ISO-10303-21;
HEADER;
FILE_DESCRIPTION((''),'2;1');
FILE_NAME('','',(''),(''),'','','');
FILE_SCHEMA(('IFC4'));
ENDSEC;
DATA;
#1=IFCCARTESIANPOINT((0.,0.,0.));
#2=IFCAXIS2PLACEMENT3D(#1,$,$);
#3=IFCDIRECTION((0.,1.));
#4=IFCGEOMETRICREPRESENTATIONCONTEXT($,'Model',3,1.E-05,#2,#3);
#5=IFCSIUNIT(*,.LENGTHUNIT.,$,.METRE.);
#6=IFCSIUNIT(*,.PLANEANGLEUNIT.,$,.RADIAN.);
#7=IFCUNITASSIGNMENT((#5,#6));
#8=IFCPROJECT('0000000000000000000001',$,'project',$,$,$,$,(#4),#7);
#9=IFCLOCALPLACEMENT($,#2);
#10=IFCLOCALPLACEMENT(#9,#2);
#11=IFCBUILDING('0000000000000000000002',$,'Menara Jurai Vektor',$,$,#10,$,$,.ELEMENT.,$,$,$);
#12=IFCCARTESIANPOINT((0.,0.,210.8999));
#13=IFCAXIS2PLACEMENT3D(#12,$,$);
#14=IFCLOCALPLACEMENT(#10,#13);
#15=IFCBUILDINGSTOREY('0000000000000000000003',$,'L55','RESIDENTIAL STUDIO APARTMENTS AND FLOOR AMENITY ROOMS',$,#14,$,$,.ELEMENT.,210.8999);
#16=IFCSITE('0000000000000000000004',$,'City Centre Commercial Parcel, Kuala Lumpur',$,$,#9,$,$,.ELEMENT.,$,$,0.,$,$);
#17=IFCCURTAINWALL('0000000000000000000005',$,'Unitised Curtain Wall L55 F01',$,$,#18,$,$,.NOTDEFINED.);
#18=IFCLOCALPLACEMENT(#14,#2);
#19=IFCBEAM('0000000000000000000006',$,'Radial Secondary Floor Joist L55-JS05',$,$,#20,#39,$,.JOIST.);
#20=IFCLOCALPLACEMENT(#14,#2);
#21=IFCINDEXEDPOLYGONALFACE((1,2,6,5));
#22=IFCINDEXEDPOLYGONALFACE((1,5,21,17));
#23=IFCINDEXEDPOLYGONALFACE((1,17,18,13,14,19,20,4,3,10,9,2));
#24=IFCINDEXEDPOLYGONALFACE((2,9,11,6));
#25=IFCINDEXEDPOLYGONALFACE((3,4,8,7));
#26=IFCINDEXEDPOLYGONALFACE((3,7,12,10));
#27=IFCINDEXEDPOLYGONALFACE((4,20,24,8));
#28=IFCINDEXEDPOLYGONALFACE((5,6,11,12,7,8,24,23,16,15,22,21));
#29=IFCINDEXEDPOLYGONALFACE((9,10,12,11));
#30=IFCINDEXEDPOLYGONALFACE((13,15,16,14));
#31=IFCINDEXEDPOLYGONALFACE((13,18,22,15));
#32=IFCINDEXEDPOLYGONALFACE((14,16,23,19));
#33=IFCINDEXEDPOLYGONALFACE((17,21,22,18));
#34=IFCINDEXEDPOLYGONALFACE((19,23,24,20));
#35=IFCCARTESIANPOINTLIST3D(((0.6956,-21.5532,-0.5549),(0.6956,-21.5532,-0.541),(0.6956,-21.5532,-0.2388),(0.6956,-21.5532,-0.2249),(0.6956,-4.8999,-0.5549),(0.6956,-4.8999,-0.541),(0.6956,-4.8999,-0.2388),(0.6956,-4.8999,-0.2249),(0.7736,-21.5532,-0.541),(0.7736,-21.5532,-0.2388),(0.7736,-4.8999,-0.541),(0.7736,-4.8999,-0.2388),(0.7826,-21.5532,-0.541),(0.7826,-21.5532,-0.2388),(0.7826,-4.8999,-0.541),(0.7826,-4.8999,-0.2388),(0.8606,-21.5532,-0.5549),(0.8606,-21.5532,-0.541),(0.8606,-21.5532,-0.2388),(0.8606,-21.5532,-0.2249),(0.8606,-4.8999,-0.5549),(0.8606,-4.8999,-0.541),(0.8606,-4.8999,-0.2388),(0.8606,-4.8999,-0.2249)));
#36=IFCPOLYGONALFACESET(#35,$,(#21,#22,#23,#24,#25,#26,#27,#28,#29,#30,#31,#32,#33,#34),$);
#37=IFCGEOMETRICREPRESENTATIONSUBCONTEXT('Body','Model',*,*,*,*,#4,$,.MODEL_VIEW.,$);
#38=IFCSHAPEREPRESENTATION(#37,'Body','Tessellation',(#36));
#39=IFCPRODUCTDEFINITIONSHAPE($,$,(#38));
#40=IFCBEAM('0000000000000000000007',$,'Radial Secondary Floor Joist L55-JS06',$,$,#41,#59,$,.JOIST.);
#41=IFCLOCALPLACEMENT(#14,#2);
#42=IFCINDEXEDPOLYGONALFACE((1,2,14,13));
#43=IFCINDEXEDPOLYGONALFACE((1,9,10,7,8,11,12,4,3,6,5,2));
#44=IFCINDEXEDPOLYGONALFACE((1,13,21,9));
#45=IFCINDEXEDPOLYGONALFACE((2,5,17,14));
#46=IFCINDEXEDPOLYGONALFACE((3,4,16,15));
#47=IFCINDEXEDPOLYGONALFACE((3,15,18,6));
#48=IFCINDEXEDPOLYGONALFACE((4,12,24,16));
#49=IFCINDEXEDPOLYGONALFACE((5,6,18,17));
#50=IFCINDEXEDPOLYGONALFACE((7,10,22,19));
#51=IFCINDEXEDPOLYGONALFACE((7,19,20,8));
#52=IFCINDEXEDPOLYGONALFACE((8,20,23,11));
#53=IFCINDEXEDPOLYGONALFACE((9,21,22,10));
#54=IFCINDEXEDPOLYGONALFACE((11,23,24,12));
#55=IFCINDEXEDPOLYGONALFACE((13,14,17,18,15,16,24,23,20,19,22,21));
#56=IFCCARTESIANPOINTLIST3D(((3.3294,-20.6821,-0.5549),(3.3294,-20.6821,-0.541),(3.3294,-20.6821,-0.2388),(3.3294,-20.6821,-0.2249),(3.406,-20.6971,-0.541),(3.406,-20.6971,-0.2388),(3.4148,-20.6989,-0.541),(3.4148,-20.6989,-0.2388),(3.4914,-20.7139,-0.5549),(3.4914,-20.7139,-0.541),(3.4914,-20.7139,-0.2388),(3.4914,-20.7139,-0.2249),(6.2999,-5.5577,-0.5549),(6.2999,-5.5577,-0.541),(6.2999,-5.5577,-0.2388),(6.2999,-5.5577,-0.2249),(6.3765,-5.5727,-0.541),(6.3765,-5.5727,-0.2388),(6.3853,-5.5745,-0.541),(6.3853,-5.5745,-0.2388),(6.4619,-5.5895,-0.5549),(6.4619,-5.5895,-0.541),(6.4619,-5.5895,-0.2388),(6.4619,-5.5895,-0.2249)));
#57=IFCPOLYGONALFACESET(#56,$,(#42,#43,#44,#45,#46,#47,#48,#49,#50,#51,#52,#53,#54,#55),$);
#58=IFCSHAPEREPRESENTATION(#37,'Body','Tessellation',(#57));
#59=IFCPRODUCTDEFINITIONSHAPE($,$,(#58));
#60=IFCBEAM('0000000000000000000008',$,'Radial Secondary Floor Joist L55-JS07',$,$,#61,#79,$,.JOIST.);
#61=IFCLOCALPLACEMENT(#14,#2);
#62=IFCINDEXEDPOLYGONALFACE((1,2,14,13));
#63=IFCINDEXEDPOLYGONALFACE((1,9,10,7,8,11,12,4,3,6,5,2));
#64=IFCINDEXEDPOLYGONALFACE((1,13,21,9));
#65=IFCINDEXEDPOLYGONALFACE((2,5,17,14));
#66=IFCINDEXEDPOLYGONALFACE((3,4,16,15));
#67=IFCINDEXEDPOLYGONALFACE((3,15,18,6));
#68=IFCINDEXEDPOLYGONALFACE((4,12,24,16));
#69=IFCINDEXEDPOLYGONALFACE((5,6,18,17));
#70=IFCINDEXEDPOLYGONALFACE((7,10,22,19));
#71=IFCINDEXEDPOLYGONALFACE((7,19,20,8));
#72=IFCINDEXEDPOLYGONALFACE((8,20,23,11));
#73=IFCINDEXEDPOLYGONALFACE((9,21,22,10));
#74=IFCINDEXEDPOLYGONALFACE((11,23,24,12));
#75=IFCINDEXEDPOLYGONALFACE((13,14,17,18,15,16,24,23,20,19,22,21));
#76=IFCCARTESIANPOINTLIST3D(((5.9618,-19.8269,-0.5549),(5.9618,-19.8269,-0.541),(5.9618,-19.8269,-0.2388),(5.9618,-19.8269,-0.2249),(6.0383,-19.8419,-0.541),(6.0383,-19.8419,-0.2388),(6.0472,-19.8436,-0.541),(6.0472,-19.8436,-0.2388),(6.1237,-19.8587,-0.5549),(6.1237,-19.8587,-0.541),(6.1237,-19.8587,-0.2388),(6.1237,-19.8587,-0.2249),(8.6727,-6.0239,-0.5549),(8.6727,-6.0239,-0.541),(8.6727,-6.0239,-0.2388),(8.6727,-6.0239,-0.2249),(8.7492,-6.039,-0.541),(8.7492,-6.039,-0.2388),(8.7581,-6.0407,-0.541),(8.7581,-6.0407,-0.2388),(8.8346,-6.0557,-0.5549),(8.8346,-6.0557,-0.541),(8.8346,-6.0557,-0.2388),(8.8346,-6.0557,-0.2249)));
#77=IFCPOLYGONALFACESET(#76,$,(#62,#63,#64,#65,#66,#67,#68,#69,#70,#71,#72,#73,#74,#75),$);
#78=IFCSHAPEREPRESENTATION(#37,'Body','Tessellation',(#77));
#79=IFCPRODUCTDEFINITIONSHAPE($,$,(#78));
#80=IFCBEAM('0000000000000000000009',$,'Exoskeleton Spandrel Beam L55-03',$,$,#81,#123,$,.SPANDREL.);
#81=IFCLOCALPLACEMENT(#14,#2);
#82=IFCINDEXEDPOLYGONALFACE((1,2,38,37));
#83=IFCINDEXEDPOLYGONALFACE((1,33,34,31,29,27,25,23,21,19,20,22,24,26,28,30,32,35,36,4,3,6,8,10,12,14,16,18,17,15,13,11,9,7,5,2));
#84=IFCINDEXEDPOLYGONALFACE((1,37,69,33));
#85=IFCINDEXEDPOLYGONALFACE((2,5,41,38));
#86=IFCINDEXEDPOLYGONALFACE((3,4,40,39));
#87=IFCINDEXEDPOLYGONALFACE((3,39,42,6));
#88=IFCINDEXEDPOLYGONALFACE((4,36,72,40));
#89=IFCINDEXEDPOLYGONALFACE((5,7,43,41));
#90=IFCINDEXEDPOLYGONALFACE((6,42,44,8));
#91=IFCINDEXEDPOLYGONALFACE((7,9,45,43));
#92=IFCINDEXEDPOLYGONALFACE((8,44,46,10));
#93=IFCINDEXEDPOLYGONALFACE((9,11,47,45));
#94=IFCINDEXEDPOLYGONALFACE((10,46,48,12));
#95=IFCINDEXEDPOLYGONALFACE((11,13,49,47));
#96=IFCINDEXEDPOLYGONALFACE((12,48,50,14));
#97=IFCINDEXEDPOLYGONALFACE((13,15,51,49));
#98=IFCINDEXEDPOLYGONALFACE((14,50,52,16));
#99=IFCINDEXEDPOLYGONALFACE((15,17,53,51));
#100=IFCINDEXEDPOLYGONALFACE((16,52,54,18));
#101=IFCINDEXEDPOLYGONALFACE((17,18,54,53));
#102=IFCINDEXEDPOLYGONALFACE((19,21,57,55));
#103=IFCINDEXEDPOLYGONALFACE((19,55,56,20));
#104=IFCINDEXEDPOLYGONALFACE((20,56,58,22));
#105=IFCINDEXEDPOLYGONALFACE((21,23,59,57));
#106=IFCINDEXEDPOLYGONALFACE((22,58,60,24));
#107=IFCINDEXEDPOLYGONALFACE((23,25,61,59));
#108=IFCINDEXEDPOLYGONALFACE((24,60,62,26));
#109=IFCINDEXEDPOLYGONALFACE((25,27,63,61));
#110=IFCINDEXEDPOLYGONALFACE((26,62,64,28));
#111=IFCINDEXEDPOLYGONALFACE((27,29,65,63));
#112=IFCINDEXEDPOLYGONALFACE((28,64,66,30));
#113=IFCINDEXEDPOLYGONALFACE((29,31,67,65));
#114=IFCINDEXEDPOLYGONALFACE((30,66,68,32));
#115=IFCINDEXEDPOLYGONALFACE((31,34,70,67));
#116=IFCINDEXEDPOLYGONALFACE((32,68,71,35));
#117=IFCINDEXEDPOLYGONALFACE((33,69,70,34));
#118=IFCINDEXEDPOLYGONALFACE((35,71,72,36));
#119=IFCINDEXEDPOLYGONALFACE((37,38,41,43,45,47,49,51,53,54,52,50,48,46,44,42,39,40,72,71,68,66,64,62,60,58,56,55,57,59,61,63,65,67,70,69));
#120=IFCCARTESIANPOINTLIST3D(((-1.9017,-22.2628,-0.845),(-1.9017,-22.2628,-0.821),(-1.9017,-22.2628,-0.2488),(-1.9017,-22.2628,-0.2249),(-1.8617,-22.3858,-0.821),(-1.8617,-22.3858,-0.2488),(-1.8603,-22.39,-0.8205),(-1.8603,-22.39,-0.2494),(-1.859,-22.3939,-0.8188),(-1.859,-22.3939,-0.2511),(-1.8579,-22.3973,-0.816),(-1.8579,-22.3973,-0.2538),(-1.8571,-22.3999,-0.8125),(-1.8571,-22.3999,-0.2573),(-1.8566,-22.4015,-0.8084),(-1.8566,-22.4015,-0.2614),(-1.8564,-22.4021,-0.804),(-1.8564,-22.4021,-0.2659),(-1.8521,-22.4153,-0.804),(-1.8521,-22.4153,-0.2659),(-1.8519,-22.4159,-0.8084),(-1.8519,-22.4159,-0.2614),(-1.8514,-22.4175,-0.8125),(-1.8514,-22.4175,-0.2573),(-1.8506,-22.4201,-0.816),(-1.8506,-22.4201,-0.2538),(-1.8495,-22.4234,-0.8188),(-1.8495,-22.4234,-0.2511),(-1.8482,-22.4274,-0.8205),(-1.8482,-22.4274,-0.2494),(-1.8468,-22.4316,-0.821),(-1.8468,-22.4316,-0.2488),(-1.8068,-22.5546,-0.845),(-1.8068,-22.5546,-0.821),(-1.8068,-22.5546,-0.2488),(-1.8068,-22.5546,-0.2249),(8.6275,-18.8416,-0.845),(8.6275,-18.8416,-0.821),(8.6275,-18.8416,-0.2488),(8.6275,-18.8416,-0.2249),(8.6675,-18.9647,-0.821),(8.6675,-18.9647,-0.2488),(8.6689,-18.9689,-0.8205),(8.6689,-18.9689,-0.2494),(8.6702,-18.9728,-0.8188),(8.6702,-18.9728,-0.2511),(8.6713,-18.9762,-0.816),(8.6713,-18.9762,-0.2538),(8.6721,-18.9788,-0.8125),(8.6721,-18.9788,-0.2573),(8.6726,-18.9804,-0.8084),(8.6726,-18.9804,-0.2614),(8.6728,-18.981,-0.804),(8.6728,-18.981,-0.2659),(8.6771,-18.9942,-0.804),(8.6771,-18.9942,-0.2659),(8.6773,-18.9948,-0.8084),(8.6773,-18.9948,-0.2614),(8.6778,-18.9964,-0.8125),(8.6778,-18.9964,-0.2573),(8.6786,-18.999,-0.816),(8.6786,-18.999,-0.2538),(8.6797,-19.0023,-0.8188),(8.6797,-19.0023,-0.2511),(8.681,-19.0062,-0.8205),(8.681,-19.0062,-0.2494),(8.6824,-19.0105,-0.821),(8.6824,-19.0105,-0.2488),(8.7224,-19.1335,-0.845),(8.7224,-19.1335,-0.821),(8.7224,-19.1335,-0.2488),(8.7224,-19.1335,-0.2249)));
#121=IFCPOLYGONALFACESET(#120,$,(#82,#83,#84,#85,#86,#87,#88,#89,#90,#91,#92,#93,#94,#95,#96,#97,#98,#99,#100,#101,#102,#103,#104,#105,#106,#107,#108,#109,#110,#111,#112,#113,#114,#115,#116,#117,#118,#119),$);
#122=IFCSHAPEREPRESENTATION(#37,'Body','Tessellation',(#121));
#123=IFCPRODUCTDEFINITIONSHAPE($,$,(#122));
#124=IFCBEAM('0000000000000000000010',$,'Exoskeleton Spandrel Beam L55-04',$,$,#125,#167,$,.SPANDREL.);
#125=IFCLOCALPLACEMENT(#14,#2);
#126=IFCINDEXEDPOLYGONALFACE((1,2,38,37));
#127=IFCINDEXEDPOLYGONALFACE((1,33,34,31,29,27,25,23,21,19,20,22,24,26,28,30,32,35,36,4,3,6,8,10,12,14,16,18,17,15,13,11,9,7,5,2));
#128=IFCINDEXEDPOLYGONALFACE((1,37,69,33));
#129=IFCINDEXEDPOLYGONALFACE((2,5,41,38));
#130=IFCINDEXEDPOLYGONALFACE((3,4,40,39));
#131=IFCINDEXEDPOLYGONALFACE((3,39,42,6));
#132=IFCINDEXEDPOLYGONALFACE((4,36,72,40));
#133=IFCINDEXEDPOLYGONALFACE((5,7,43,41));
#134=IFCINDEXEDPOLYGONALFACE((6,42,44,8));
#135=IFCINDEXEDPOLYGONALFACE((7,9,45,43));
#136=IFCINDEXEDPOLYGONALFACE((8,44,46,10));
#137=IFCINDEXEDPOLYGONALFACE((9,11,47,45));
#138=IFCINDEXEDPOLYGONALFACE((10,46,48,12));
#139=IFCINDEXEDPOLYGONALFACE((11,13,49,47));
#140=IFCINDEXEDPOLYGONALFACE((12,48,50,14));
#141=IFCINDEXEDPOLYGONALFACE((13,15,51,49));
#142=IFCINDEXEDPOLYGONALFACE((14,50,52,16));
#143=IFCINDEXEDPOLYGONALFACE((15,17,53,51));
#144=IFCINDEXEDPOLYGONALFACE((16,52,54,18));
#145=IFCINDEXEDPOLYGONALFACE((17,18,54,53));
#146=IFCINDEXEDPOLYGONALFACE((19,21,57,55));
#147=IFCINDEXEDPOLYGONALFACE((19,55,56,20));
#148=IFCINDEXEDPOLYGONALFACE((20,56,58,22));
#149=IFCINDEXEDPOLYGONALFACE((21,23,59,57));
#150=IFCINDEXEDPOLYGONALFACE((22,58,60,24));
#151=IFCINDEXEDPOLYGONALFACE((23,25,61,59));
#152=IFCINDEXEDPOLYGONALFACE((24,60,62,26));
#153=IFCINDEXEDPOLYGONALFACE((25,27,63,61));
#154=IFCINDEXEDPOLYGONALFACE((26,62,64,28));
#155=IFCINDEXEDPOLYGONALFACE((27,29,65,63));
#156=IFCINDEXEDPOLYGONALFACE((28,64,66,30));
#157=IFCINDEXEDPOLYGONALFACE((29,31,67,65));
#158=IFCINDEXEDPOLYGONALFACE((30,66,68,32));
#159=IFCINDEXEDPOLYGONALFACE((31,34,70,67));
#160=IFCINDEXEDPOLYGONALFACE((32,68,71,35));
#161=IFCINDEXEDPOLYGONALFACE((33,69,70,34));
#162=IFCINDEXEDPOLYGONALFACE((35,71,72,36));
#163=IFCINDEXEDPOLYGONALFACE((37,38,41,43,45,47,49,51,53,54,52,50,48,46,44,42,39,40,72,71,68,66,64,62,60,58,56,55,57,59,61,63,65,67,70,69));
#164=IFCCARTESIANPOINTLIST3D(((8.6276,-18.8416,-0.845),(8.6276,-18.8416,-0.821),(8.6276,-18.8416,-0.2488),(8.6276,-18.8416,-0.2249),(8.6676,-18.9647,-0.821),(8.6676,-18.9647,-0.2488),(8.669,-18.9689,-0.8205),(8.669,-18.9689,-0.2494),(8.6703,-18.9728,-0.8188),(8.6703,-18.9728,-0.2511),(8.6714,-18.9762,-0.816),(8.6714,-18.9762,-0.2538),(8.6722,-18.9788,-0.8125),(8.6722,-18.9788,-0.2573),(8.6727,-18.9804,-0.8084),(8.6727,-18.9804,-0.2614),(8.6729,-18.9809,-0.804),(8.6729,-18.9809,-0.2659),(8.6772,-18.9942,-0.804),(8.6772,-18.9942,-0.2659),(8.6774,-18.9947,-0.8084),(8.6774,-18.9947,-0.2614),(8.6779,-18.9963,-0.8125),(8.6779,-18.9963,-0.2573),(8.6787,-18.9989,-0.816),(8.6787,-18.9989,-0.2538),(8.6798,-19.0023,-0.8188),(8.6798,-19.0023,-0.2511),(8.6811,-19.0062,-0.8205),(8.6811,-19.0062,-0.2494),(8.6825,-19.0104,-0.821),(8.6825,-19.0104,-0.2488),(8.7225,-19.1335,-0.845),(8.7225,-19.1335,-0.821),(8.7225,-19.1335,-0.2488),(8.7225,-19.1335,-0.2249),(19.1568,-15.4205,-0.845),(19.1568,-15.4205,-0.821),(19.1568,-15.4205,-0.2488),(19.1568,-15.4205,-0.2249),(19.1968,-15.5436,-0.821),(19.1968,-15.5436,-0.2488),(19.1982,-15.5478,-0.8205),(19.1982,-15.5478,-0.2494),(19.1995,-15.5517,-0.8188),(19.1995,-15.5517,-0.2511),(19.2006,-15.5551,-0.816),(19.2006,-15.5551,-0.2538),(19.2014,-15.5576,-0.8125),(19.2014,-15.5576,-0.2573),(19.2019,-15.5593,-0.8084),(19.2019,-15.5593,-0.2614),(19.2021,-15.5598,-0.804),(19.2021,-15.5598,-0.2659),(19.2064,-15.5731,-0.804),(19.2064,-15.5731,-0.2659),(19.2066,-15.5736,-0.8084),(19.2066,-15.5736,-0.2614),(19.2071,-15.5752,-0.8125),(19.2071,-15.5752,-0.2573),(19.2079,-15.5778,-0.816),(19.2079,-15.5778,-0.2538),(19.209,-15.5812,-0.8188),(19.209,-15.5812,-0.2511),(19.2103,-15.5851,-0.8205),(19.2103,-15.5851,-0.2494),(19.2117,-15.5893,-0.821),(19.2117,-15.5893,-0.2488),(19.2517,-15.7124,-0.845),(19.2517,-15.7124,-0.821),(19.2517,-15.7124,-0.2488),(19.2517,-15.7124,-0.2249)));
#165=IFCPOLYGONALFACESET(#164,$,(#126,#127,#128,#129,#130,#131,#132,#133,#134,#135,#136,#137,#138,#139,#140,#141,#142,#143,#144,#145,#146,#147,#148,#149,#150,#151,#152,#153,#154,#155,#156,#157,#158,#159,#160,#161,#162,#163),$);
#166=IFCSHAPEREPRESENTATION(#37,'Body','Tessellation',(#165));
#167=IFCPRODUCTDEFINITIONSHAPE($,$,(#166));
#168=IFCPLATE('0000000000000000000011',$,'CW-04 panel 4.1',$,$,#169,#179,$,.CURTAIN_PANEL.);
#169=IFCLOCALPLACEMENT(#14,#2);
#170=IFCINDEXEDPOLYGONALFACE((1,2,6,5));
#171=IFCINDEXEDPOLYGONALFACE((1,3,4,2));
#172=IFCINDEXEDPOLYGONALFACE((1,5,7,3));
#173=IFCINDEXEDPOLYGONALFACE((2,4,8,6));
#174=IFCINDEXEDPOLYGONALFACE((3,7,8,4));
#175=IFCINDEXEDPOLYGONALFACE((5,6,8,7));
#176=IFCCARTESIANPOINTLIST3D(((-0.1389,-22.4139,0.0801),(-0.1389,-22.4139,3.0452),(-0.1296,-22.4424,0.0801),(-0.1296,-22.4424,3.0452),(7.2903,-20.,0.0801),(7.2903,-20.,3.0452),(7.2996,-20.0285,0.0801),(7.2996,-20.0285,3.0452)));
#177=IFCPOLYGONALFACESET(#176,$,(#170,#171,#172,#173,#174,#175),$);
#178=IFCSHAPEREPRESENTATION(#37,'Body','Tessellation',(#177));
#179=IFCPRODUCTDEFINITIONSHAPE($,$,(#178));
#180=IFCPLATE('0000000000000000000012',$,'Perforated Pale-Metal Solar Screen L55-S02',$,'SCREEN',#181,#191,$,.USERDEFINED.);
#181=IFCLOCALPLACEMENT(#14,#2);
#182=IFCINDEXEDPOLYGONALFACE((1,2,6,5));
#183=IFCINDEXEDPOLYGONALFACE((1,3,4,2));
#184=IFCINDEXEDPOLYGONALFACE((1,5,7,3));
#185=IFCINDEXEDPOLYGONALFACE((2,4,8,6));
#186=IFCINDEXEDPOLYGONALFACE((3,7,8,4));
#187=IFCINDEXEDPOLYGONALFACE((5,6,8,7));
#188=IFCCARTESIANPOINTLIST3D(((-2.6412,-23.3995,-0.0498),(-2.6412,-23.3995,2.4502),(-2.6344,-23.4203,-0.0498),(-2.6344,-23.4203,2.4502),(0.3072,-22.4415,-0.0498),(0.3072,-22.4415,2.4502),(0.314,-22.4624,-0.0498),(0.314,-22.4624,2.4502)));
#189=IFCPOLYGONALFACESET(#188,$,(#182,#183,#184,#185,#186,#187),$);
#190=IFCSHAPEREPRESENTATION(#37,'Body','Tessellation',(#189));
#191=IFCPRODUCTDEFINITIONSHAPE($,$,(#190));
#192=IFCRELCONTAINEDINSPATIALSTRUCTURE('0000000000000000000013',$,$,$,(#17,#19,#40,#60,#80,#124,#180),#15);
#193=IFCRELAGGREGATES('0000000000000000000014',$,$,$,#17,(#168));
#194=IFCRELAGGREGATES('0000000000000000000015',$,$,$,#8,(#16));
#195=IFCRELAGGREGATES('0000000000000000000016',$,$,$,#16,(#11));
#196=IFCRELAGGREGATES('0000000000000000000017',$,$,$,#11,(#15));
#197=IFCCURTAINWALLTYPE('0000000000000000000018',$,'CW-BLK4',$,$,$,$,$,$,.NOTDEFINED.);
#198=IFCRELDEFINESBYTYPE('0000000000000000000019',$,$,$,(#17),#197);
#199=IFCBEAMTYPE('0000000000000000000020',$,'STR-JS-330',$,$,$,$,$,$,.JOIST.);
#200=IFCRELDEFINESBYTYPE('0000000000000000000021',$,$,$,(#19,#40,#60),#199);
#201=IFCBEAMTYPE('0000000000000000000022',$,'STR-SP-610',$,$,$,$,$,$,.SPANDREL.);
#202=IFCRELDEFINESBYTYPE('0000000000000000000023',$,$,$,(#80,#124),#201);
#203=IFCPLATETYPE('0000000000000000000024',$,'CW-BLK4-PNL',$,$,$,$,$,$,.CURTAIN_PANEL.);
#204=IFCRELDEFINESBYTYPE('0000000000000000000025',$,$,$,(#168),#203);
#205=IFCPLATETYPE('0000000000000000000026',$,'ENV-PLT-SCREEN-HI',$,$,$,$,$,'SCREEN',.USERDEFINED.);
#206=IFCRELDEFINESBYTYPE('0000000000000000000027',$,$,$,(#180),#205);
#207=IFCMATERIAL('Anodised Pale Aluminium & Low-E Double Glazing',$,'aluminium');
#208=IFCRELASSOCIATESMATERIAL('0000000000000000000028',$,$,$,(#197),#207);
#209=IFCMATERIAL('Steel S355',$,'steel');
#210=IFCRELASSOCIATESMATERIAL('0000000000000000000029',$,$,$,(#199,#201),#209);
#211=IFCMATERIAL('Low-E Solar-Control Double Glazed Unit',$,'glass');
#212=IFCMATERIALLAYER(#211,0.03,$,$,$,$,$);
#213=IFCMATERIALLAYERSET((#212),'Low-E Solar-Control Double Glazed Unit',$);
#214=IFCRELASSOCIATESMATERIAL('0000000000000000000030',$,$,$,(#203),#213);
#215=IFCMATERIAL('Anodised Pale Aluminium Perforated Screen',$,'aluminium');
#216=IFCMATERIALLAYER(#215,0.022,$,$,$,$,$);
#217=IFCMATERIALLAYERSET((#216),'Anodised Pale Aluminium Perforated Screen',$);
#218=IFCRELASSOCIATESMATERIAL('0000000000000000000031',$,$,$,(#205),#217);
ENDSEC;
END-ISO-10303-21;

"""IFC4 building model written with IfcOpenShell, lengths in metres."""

from ifc_helpers import new_model, si_unit, direction, frame, origin, origin_2d, place, context, subcontext, project, spatial, rectangle, i_section, extrude, material, layer, layer_set, material_profile, profile_set, type_object, element, aggregate, save


model = new_model("IFC4")

# Units and contexts
model_context = context("Model", 3, precision=1e-05, world=origin(), true_north=direction((0.0, 1.0)))
body_context = subcontext(model_context, "Body", "Model", "MODEL_VIEW")
ifc_project = project(units=[si_unit("LENGTHUNIT", "METRE"), si_unit("PLANEANGLEUNIT", "RADIAN")], contexts=[model_context])

# Site, building, storey
site_placement = place(None, origin())
site = spatial("IfcSite", under=ifc_project, at=site_placement, Name="City Centre Commercial Parcel, Kuala Lumpur", CompositionType="ELEMENT", RefElevation=0.0)
building_placement = place(site_placement, origin())
building = spatial("IfcBuilding", under=site, at=building_placement, Name="Menara Jurai Vektor", CompositionType="ELEMENT")
storey_placement = place(building_placement, frame((0.0, 0.0, 210.8999)))
storey = spatial("IfcBuildingStorey", under=building, at=storey_placement, Name="L55", Description="RESIDENTIAL STUDIO APARTMENTS AND FLOOR AMENITY ROOMS", CompositionType="ELEMENT", Elevation=210.8999)

# Curtain wall
ifc_material_1 = material(Name="Anodised Pale Aluminium & Low-E Double Glazing", Category="aluminium")
curtain_wall_type = type_object("IfcCurtainWallType", Name="CW-BLK4", PredefinedType="NOTDEFINED", material=ifc_material_1)
curtain_wall_placement = place(storey_placement, origin())
curtain_wall = element("IfcCurtainWall", 1, at=curtain_wall_placement, inside=storey, type_object=curtain_wall_type, Name="Unitised Curtain Wall L55 F01", PredefinedType="NOTDEFINED")

# Beams
ifc_material_2 = material(Name="Steel S355", Category="steel")
ifc_material_profile_1 = material_profile(ifc_material_2, i_section(OverallWidth=0.165, OverallDepth=0.3301, WebThickness=0.009, FlangeThickness=0.0139, at=origin_2d()), Name="PG 330x165x46")
ifc_profile_set_1 = profile_set([ifc_material_profile_1], Name="Steel S355")
beam_type_1 = type_object("IfcBeamType", Name="STR-JS-330", PredefinedType="JOIST", material=ifc_profile_set_1)
beam_1_placement = place(storey_placement, frame((0.7781, -21.5532, -0.3899), z_axis=(0.0, 1.0, 0.0), x_axis=(-1.0, 0.0, 0.0)))
element("IfcBeam", 2, at=beam_1_placement, inside=storey, type_object=beam_type_1, Name="Radial Secondary Floor Joist L55-JS05", PredefinedType="JOIST", context=body_context, shape_type="SweptSolid", body=[
    extrude(i_section(OverallWidth=0.165, OverallDepth=0.3301, WebThickness=0.009, FlangeThickness=0.0139, at=origin_2d()), origin(), (0.0, 0.0, 1.0), 16.6533),
])
beam_2_placement = place(storey_placement, frame((3.4104, -20.698, -0.3899), z_axis=(0.192722, 0.981253, 0.0), x_axis=(-0.981253, 0.192722, 0.0)))
element("IfcBeam", 3, at=beam_2_placement, inside=storey, type_object=beam_type_1, Name="Radial Secondary Floor Joist L55-JS06", PredefinedType="JOIST", context=body_context, shape_type="SweptSolid", body=[
    extrude(i_section(OverallWidth=0.165, OverallDepth=0.3301, WebThickness=0.009, FlangeThickness=0.0139, at=origin_2d()), origin(), (0.0, 0.0, 1.0), 15.4133),
])
beam_3_placement = place(storey_placement, frame((6.0427, -19.8428, -0.3899), z_axis=(0.192721, 0.981254, 0.0), x_axis=(-0.981254, 0.192721, 0.0)))
element("IfcBeam", 4, at=beam_3_placement, inside=storey, type_object=beam_type_1, Name="Radial Secondary Floor Joist L55-JS07", PredefinedType="JOIST", context=body_context, shape_type="SweptSolid", body=[
    extrude(i_section(OverallWidth=0.165, OverallDepth=0.3301, WebThickness=0.009, FlangeThickness=0.0139, at=origin_2d()), origin(), (0.0, 0.0, 1.0), 14.0667),
])
ifc_material_profile_2 = material_profile(ifc_material_2, i_section(OverallWidth=0.3069, OverallDepth=0.6201, WebThickness=0.0139, FlangeThickness=0.0239, FilletRadius=0.0171, at=origin_2d()), Name="UKB 610x305x179")
ifc_profile_set_2 = profile_set([ifc_material_profile_2], Name="Steel S355")
beam_type_2 = type_object("IfcBeamType", Name="STR-SP-610", PredefinedType="SPANDREL", material=ifc_profile_set_2)
for number, where, z_axis, x_axis, name in (
    (5, (-1.8542, -22.4087, -0.5349), (0.951057, 0.309014, 0.0), (-0.309014, 0.951057, 0.0), "Exoskeleton Spandrel Beam L55-03"),
    (6, (8.675, -18.9875, -0.5349), (0.951057, 0.309014, 0.0), (-0.309014, 0.951057, 0.0), "Exoskeleton Spandrel Beam L55-04"),
):
    element("IfcBeam", number, at=place(storey_placement, frame(where, z_axis=z_axis, x_axis=x_axis)), inside=storey, type_object=beam_type_2, Name=name, PredefinedType="SPANDREL", context=body_context, shape_type="SweptSolid", body=[
        extrude(i_section(OverallWidth=0.3069, OverallDepth=0.6201, WebThickness=0.0139, FlangeThickness=0.0239, FilletRadius=0.0171, at=origin_2d()), origin(), (0.0, 0.0, 1.0), 11.071),
    ])

# Plates
ifc_material_3 = material(Name="Low-E Solar-Control Double Glazed Unit", Category="glass")
ifc_layer_1 = layer(ifc_material_3, 0.03)
ifc_layer_set_1 = layer_set([ifc_layer_1], Name="Low-E Solar-Control Double Glazed Unit")
plate_type_1 = type_object("IfcPlateType", Name="CW-BLK4-PNL", PredefinedType="CURTAIN_PANEL", material=ifc_layer_set_1)
plate_1_placement = place(storey_placement, frame((3.5803, -21.2212, 0.0801), z_axis=(0.0, 0.0, 1.0), x_axis=(0.951056, 0.309017, 0.0)))
plate_1 = element("IfcPlate", 7, at=plate_1_placement, type_object=plate_type_1, Name="CW-04 panel 4.1", PredefinedType="CURTAIN_PANEL", context=body_context, shape_type="SweptSolid", body=[
    extrude(rectangle(XDim=7.8115, YDim=0.03, at=origin_2d()), origin(), (0.0, 0.0, 1.0), 2.9651),
])
aggregate(curtain_wall, [plate_1])
ifc_material_4 = material(Name="Anodised Pale Aluminium Perforated Screen", Category="aluminium")
ifc_layer_2 = layer(ifc_material_4, 0.022)
ifc_layer_set_2 = layer_set([ifc_layer_2], Name="Anodised Pale Aluminium Perforated Screen")
plate_type_2 = type_object("IfcPlateType", Name="ENV-PLT-SCREEN-HI", ElementType="SCREEN", PredefinedType="USERDEFINED", material=ifc_layer_set_2)
plate_2_placement = place(storey_placement, frame((-1.1636, -22.9309, -0.0498), z_axis=(0.0, 0.0, 1.0), x_axis=(0.951057, 0.309017, 0.0)))
element("IfcPlate", 8, at=plate_2_placement, inside=storey, type_object=plate_type_2, Name="Perforated Pale-Metal Solar Screen L55-S02", ObjectType="SCREEN", PredefinedType="USERDEFINED", context=body_context, shape_type="SweptSolid", body=[
    extrude(rectangle(XDim=3.1001, YDim=0.022, at=origin_2d()), origin(), (0.0, 0.0, 1.0), 2.5),
])

save(model, "model.ifc")
